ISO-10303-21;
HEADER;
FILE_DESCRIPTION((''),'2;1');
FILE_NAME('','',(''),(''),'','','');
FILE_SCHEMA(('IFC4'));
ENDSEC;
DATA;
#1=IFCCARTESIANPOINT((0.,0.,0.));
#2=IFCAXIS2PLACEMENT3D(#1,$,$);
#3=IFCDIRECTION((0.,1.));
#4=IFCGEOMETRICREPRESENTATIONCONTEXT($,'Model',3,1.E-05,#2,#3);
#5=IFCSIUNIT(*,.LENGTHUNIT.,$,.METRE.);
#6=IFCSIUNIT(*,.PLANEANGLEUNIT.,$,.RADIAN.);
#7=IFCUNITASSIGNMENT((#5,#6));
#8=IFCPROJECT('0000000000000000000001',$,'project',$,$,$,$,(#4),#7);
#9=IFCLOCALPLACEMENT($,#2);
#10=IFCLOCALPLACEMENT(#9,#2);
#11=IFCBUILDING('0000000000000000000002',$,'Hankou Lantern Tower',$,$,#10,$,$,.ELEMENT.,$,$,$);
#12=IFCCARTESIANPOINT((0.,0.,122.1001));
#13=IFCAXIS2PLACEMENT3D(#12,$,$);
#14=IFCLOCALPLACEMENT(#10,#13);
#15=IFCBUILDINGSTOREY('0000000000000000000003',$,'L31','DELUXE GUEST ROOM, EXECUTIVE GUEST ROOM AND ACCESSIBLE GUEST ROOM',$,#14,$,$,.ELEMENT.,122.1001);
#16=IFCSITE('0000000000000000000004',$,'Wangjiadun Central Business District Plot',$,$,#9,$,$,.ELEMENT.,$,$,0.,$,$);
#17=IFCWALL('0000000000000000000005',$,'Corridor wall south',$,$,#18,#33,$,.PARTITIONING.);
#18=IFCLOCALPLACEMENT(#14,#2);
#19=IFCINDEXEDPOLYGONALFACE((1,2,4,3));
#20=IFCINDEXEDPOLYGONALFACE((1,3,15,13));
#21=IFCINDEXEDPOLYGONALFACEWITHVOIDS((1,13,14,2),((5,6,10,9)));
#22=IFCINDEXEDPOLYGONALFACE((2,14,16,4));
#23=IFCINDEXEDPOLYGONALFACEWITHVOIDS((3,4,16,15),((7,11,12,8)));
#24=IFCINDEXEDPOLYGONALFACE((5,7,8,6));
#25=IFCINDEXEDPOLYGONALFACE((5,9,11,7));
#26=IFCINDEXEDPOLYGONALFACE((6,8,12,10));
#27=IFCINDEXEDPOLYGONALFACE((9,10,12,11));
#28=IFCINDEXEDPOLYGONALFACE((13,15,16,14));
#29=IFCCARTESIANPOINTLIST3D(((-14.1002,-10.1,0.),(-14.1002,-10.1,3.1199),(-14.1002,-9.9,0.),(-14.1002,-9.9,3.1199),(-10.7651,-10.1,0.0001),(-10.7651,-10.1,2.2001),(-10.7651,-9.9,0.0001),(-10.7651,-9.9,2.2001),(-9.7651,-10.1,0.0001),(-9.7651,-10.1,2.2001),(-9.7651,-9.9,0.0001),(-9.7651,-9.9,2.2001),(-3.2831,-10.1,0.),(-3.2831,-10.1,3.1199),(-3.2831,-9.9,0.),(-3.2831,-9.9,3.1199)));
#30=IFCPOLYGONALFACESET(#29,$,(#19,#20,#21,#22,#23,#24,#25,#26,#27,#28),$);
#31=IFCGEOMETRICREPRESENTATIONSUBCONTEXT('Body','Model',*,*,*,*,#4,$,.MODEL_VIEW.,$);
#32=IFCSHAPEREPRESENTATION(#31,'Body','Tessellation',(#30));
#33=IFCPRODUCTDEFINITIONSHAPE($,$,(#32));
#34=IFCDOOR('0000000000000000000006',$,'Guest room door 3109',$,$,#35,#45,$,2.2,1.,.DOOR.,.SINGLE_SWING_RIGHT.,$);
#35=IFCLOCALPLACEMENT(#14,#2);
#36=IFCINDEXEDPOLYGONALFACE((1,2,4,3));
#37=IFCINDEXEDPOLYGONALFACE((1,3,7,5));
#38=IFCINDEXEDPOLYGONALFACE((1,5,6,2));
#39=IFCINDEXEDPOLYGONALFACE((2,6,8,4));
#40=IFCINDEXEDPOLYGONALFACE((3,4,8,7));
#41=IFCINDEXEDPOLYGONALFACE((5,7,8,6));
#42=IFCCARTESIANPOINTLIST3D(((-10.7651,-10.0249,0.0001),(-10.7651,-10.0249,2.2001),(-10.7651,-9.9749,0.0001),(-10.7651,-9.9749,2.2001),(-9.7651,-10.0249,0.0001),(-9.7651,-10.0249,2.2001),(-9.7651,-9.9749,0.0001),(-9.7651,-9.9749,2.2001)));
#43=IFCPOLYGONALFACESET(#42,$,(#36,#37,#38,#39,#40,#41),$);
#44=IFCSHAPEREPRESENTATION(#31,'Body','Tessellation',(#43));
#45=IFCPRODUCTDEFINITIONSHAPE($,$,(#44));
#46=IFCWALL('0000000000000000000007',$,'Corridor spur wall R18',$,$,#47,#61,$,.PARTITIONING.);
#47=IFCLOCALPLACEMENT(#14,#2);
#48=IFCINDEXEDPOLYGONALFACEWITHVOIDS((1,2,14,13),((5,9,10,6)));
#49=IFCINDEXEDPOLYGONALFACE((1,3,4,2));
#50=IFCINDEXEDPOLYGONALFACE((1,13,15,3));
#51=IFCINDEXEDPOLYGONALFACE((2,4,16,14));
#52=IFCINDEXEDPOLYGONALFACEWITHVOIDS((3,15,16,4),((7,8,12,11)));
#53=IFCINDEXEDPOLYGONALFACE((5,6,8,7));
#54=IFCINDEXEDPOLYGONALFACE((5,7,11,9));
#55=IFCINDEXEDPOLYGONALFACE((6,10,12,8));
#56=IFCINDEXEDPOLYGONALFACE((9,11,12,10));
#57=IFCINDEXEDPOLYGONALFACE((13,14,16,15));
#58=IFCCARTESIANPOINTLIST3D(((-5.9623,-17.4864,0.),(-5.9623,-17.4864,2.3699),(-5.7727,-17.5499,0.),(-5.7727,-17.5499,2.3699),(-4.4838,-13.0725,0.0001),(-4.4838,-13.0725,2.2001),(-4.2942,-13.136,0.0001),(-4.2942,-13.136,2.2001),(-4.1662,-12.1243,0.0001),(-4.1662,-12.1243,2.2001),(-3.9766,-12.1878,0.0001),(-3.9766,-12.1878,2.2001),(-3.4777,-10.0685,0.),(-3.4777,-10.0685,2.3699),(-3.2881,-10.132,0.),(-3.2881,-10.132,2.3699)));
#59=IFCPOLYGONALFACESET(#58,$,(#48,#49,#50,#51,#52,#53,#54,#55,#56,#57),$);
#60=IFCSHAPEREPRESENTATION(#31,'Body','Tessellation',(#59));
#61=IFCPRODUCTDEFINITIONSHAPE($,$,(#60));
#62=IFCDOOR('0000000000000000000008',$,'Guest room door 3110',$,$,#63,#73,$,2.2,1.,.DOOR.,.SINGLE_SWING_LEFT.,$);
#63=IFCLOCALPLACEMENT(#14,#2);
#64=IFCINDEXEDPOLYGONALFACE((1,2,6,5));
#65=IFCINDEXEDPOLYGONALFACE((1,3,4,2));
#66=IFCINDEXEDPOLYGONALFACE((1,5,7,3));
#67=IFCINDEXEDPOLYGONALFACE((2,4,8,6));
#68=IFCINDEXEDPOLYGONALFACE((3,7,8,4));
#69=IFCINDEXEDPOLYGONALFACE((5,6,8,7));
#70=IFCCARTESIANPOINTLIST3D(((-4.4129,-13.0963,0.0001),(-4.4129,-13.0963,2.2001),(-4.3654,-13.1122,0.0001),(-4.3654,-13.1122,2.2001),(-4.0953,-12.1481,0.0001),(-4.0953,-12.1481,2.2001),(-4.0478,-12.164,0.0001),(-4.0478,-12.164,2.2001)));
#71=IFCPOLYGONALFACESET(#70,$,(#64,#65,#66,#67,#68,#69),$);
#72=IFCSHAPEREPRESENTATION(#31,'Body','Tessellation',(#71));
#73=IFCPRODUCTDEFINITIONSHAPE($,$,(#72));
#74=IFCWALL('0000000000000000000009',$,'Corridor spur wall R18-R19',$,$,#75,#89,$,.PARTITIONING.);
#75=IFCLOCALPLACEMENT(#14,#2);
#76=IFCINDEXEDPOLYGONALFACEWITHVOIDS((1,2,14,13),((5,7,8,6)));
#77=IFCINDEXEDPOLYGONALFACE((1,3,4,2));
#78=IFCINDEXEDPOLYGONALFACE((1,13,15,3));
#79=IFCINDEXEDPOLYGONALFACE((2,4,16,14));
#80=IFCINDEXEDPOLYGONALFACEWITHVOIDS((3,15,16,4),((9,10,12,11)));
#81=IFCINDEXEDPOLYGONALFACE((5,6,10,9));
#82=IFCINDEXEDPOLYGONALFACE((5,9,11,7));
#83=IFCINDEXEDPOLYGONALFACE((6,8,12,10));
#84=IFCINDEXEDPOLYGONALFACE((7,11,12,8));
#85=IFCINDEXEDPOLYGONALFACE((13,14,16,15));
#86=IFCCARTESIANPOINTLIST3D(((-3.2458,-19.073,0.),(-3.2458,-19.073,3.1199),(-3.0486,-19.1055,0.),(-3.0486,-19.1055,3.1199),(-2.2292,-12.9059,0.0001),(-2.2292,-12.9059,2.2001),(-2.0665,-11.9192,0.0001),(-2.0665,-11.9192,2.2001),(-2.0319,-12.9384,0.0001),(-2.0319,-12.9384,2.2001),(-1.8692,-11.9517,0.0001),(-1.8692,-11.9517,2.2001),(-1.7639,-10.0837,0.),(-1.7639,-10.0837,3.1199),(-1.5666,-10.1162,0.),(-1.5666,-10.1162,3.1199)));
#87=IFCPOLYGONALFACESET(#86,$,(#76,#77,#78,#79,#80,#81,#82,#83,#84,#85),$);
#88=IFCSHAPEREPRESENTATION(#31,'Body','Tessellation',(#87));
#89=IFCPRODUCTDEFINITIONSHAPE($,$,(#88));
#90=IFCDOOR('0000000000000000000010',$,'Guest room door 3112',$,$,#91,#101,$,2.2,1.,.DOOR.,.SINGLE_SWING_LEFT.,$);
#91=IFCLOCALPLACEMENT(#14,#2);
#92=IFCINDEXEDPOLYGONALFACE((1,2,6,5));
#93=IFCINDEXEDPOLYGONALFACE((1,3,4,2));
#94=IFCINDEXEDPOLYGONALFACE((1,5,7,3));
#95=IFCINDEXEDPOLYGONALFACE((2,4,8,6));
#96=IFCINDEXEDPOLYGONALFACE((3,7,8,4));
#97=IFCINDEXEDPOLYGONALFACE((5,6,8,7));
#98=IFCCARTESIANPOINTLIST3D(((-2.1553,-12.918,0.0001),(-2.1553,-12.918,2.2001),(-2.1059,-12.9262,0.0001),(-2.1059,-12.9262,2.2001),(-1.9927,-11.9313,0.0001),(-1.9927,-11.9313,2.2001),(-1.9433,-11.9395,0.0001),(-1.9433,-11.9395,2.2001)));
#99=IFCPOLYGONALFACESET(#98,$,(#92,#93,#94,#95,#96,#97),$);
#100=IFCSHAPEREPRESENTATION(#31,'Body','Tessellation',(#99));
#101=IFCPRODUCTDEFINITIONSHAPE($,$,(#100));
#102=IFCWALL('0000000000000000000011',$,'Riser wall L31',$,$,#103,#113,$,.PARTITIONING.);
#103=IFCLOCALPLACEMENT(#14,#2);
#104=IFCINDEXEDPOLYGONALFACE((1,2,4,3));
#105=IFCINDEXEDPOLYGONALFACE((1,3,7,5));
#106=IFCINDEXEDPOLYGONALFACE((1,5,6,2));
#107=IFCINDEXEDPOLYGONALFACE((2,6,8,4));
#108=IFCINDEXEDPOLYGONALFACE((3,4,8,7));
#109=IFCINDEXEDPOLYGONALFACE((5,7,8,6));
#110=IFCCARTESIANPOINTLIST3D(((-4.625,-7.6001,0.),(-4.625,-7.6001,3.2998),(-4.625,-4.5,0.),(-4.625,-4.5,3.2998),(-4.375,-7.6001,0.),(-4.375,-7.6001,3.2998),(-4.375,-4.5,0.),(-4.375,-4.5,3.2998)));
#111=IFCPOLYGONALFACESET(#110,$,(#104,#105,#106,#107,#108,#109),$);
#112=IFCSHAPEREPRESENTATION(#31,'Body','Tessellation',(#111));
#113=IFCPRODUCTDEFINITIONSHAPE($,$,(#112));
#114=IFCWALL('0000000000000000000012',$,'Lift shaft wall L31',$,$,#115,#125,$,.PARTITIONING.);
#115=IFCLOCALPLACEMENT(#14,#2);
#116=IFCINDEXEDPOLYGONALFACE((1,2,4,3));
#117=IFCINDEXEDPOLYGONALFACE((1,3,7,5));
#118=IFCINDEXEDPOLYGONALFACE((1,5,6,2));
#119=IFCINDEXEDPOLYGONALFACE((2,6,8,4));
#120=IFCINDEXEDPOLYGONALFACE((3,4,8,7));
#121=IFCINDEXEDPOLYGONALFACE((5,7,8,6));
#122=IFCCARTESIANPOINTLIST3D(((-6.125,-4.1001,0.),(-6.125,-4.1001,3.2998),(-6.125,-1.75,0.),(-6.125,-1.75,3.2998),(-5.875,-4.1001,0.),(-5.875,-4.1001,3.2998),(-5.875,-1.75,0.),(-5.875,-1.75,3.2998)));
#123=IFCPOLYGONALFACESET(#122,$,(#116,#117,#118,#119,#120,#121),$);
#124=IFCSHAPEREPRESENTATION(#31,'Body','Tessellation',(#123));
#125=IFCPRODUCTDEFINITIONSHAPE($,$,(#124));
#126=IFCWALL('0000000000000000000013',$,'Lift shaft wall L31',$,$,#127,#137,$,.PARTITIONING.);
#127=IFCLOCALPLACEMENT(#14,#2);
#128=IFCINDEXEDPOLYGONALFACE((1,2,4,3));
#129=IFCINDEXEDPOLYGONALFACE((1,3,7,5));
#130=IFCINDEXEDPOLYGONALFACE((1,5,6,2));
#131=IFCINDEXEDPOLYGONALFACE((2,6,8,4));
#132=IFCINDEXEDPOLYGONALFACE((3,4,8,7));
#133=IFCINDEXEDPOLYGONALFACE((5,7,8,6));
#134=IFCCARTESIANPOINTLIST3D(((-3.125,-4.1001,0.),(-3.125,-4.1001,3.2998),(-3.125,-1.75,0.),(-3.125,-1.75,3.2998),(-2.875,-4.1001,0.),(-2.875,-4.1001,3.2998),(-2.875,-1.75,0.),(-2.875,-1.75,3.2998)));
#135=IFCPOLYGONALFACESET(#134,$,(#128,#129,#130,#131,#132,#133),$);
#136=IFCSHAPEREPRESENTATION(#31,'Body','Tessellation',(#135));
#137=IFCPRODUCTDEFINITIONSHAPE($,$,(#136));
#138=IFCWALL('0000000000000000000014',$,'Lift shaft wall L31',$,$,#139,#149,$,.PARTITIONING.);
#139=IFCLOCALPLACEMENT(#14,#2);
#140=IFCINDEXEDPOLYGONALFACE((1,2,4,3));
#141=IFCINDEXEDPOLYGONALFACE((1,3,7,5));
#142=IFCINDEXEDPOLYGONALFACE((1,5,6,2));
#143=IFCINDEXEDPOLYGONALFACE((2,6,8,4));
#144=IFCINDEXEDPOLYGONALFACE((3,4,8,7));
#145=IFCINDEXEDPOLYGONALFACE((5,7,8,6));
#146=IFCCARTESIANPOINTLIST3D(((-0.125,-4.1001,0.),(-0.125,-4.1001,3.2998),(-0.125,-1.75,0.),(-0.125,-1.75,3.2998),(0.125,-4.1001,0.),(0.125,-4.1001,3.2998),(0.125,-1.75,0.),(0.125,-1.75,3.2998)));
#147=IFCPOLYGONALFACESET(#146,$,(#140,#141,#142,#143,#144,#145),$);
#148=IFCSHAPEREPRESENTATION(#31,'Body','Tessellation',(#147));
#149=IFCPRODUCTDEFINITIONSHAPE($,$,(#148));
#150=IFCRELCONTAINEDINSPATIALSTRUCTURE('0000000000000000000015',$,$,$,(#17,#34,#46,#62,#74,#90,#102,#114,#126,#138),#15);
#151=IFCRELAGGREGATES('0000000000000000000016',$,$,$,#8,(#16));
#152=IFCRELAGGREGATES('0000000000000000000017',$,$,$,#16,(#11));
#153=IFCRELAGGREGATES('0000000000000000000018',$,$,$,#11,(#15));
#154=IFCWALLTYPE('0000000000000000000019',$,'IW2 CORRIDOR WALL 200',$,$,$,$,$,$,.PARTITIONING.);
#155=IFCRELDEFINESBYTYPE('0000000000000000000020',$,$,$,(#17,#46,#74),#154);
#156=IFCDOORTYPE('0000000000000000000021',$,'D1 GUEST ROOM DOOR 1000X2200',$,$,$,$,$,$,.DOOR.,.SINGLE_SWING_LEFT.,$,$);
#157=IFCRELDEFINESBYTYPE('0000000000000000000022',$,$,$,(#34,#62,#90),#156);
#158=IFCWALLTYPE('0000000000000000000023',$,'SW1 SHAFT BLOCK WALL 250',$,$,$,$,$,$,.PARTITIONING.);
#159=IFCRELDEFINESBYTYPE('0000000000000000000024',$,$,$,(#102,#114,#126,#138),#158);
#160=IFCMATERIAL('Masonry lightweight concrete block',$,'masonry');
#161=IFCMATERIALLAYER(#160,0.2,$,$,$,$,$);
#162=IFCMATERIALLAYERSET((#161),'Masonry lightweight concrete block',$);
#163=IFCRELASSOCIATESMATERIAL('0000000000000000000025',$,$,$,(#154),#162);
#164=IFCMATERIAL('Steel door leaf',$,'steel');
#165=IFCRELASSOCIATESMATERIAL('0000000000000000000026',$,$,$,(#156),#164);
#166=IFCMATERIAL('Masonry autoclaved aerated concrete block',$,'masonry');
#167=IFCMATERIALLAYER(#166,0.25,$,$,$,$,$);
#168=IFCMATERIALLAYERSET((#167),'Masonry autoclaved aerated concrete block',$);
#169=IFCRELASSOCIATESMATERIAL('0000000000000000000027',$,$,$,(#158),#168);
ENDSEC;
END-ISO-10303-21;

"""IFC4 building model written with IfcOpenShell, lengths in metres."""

from ifc_helpers import new_model, si_unit, direction, frame, frame_2d, origin, place, context, subcontext, project, spatial, rectangle, extrude, material, layer, layer_set, type_object, element, fill, save


model = new_model("IFC4")

# Units and contexts
model_context = context("Model", 3, precision=1e-05, world=origin(), true_north=direction((0.0, 1.0)))
body_context = subcontext(model_context, "Body", "Model", "MODEL_VIEW")
ifc_project = project(units=[si_unit("LENGTHUNIT", "METRE"), si_unit("PLANEANGLEUNIT", "RADIAN")], contexts=[model_context])

# Site, building, storey
site_placement = place(None, origin())
site = spatial("IfcSite", under=ifc_project, at=site_placement, Name="Wangjiadun Central Business District Plot", CompositionType="ELEMENT", RefElevation=0.0)
building_placement = place(site_placement, origin())
building = spatial("IfcBuilding", under=site, at=building_placement, Name="Hankou Lantern Tower", CompositionType="ELEMENT")
storey_placement = place(building_placement, frame((0.0, 0.0, 122.1001)))
storey = spatial("IfcBuildingStorey", under=building, at=storey_placement, Name="L31", Description="DELUXE GUEST ROOM, EXECUTIVE GUEST ROOM AND ACCESSIBLE GUEST ROOM", CompositionType="ELEMENT", Elevation=122.1001)

# Walls, openings, doors
ifc_material_1 = material(Name="Masonry lightweight concrete block", Category="masonry")
ifc_layer_1 = layer(ifc_material_1, 0.2)
ifc_layer_set_1 = layer_set([ifc_layer_1], Name="Masonry lightweight concrete block")
wall_type_1 = type_object("IfcWallType", Name="IW2 CORRIDOR WALL 200", PredefinedType="PARTITIONING", material=ifc_layer_set_1)
wall_1_placement = place(storey_placement, frame((-3.283, -10.0, 0.0), z_axis=(0.0, 0.0, 1.0), x_axis=(-1.0, 0.0, 0.0)))
wall_1 = element("IfcWall", 1, at=wall_1_placement, inside=storey, type_object=wall_type_1, Name="Corridor wall south", PredefinedType="PARTITIONING", context=body_context, shape_type="SweptSolid", body=[
    extrude(rectangle(XDim=10.8171, YDim=0.2, at=frame_2d((5.4087, 0.0))), origin(), (0.0, 0.0, 1.0), 3.1199),
])
opening_1_placement = place(wall_1_placement, frame((6.4822, 0.0, 0.0)))
opening_1 = element("IfcOpeningElement", 2, at=opening_1_placement, cuts=wall_1, PredefinedType="OPENING", context=body_context, shape_type="SweptSolid", body=[
    extrude(rectangle(XDim=1.0, YDim=2.2, at=frame_2d((0.5, 1.1001))), frame((0.0, 0.1099, 0.0), z_axis=(0.0, -1.0, 0.0), x_axis=(1.0, 0.0, 0.0)), (0.0, 0.0, 1.0), 0.22),
])
ifc_material_2 = material(Name="Steel door leaf", Category="steel")
door_type_1 = type_object("IfcDoorType", Name="D1 GUEST ROOM DOOR 1000X2200", OperationType="SINGLE_SWING_LEFT", PredefinedType="DOOR", material=ifc_material_2)
door_1_placement = place(opening_1_placement, origin())
door_1 = element("IfcDoor", 3, at=door_1_placement, inside=storey, type_object=door_type_1, Name="Guest room door 3109", OperationType="SINGLE_SWING_RIGHT", OverallHeight=2.2, OverallWidth=1.0, PredefinedType="DOOR", context=body_context, shape_type="SweptSolid", body=[
    extrude(rectangle(XDim=1.0, YDim=2.2, at=frame_2d((0.5, 1.1001))), frame((0.0, 0.0249, 0.0), z_axis=(0.0, -1.0, 0.0), x_axis=(1.0, 0.0, 0.0)), (0.0, 0.0, 1.0), 0.05),
])
fill(opening_1, door_1)
wall_2_placement = place(storey_placement, frame((-3.3828, -10.1001, 0.0), z_axis=(0.0, 0.0, 1.0), x_axis=(-0.317604, -0.948224, 0.0)))
wall_2 = element("IfcWall", 4, at=wall_2_placement, inside=storey, type_object=wall_type_1, Name="Corridor spur wall R18", PredefinedType="PARTITIONING", context=body_context, shape_type="SweptSolid", body=[
    extrude(rectangle(XDim=7.823, YDim=0.2, at=frame_2d((3.9116, 0.0))), origin(), (0.0, 0.0, 1.0), 2.3699),
])
opening_2_placement = place(wall_2_placement, frame((2.1682, 0.0, 0.0)))
opening_2 = element("IfcOpeningElement", 5, at=opening_2_placement, cuts=wall_2, PredefinedType="OPENING", context=body_context, shape_type="SweptSolid", body=[
    extrude(rectangle(XDim=1.0, YDim=2.2, at=frame_2d((0.5, 1.1001))), frame((0.0, 0.1099, 0.0), z_axis=(0.0, -1.0, 0.0), x_axis=(1.0, 0.0, 0.0)), (0.0, 0.0, 1.0), 0.22),
])
door_2_placement = place(opening_2_placement, origin())
door_2 = element("IfcDoor", 6, at=door_2_placement, inside=storey, type_object=door_type_1, Name="Guest room door 3110", OperationType="SINGLE_SWING_LEFT", OverallHeight=2.2, OverallWidth=1.0, PredefinedType="DOOR", context=body_context, shape_type="SweptSolid", body=[
    extrude(rectangle(XDim=1.0, YDim=2.2, at=frame_2d((0.5, 1.1001))), frame((0.0, 0.0249, 0.0), z_axis=(0.0, -1.0, 0.0), x_axis=(1.0, 0.0, 0.0)), (0.0, 0.0, 1.0), 0.05),
])
fill(opening_2, door_2)
wall_3_placement = place(storey_placement, frame((-1.6653, -10.1001, 0.0), z_axis=(0.0, 0.0, 1.0), x_axis=(-0.162661, -0.986682, 0.0)))
wall_3 = element("IfcWall", 7, at=wall_3_placement, inside=storey, type_object=wall_type_1, Name="Corridor spur wall R18-R19", PredefinedType="PARTITIONING", context=body_context, shape_type="SweptSolid", body=[
    extrude(rectangle(XDim=9.1106, YDim=0.2, at=frame_2d((4.5552, 0.0))), origin(), (0.0, 0.0, 1.0), 3.1199),
])
opening_3_placement = place(wall_3_placement, frame((1.8601, 0.0, 0.0)))
opening_3 = element("IfcOpeningElement", 8, at=opening_3_placement, cuts=wall_3, PredefinedType="OPENING", context=body_context, shape_type="SweptSolid", body=[
    extrude(rectangle(XDim=1.0, YDim=2.2, at=frame_2d((0.5, 1.1001))), frame((0.0, 0.1099, 0.0), z_axis=(0.0, -1.0, 0.0), x_axis=(1.0, 0.0, 0.0)), (0.0, 0.0, 1.0), 0.22),
])
door_3_placement = place(opening_3_placement, origin())
door_3 = element("IfcDoor", 9, at=door_3_placement, inside=storey, type_object=door_type_1, Name="Guest room door 3112", OperationType="SINGLE_SWING_LEFT", OverallHeight=2.2, OverallWidth=1.0, PredefinedType="DOOR", context=body_context, shape_type="SweptSolid", body=[
    extrude(rectangle(XDim=1.0, YDim=2.2, at=frame_2d((0.5, 1.1001))), frame((0.0, 0.0249, 0.0), z_axis=(0.0, -1.0, 0.0), x_axis=(1.0, 0.0, 0.0)), (0.0, 0.0, 1.0), 0.05),
])
fill(opening_3, door_3)

# Walls
ifc_material_3 = material(Name="Masonry autoclaved aerated concrete block", Category="masonry")
ifc_layer_2 = layer(ifc_material_3, 0.25)
ifc_layer_set_2 = layer_set([ifc_layer_2], Name="Masonry autoclaved aerated concrete block")
wall_type_2 = type_object("IfcWallType", Name="SW1 SHAFT BLOCK WALL 250", PredefinedType="PARTITIONING", material=ifc_layer_set_2)
wall_4_placement = place(storey_placement, frame((-4.5, -7.6001, 0.0), z_axis=(0.0, 0.0, 1.0), x_axis=(0.0, 1.0, 0.0)))
element("IfcWall", 10, at=wall_4_placement, inside=storey, type_object=wall_type_2, Name="Riser wall L31", PredefinedType="PARTITIONING", context=body_context, shape_type="SweptSolid", body=[
    extrude(rectangle(XDim=3.1001, YDim=0.25, at=frame_2d((1.55, 0.0))), origin(), (0.0, 0.0, 1.0), 3.2998),
])
for number, where, z_axis, x_axis, name in (
    (11, (-6.0, -4.1001, 0.0), (0.0, 0.0, 1.0), (0.0, 1.0, 0.0), "Lift shaft wall L31"),
    (12, (-3.0, -4.1001, 0.0), (0.0, 0.0, 1.0), (0.0, 1.0, 0.0), "Lift shaft wall L31"),
    (13, (0.0, -4.1001, 0.0), (0.0, 0.0, 1.0), (0.0, 1.0, 0.0), "Lift shaft wall L31"),
):
    element("IfcWall", number, at=place(storey_placement, frame(where, z_axis=z_axis, x_axis=x_axis)), inside=storey, type_object=wall_type_2, Name=name, PredefinedType="PARTITIONING", context=body_context, shape_type="SweptSolid", body=[
        extrude(rectangle(XDim=2.3501, YDim=0.25, at=frame_2d((1.175, 0.0))), origin(), (0.0, 0.0, 1.0), 3.2998),
    ])

save(model, "model.ifc")
